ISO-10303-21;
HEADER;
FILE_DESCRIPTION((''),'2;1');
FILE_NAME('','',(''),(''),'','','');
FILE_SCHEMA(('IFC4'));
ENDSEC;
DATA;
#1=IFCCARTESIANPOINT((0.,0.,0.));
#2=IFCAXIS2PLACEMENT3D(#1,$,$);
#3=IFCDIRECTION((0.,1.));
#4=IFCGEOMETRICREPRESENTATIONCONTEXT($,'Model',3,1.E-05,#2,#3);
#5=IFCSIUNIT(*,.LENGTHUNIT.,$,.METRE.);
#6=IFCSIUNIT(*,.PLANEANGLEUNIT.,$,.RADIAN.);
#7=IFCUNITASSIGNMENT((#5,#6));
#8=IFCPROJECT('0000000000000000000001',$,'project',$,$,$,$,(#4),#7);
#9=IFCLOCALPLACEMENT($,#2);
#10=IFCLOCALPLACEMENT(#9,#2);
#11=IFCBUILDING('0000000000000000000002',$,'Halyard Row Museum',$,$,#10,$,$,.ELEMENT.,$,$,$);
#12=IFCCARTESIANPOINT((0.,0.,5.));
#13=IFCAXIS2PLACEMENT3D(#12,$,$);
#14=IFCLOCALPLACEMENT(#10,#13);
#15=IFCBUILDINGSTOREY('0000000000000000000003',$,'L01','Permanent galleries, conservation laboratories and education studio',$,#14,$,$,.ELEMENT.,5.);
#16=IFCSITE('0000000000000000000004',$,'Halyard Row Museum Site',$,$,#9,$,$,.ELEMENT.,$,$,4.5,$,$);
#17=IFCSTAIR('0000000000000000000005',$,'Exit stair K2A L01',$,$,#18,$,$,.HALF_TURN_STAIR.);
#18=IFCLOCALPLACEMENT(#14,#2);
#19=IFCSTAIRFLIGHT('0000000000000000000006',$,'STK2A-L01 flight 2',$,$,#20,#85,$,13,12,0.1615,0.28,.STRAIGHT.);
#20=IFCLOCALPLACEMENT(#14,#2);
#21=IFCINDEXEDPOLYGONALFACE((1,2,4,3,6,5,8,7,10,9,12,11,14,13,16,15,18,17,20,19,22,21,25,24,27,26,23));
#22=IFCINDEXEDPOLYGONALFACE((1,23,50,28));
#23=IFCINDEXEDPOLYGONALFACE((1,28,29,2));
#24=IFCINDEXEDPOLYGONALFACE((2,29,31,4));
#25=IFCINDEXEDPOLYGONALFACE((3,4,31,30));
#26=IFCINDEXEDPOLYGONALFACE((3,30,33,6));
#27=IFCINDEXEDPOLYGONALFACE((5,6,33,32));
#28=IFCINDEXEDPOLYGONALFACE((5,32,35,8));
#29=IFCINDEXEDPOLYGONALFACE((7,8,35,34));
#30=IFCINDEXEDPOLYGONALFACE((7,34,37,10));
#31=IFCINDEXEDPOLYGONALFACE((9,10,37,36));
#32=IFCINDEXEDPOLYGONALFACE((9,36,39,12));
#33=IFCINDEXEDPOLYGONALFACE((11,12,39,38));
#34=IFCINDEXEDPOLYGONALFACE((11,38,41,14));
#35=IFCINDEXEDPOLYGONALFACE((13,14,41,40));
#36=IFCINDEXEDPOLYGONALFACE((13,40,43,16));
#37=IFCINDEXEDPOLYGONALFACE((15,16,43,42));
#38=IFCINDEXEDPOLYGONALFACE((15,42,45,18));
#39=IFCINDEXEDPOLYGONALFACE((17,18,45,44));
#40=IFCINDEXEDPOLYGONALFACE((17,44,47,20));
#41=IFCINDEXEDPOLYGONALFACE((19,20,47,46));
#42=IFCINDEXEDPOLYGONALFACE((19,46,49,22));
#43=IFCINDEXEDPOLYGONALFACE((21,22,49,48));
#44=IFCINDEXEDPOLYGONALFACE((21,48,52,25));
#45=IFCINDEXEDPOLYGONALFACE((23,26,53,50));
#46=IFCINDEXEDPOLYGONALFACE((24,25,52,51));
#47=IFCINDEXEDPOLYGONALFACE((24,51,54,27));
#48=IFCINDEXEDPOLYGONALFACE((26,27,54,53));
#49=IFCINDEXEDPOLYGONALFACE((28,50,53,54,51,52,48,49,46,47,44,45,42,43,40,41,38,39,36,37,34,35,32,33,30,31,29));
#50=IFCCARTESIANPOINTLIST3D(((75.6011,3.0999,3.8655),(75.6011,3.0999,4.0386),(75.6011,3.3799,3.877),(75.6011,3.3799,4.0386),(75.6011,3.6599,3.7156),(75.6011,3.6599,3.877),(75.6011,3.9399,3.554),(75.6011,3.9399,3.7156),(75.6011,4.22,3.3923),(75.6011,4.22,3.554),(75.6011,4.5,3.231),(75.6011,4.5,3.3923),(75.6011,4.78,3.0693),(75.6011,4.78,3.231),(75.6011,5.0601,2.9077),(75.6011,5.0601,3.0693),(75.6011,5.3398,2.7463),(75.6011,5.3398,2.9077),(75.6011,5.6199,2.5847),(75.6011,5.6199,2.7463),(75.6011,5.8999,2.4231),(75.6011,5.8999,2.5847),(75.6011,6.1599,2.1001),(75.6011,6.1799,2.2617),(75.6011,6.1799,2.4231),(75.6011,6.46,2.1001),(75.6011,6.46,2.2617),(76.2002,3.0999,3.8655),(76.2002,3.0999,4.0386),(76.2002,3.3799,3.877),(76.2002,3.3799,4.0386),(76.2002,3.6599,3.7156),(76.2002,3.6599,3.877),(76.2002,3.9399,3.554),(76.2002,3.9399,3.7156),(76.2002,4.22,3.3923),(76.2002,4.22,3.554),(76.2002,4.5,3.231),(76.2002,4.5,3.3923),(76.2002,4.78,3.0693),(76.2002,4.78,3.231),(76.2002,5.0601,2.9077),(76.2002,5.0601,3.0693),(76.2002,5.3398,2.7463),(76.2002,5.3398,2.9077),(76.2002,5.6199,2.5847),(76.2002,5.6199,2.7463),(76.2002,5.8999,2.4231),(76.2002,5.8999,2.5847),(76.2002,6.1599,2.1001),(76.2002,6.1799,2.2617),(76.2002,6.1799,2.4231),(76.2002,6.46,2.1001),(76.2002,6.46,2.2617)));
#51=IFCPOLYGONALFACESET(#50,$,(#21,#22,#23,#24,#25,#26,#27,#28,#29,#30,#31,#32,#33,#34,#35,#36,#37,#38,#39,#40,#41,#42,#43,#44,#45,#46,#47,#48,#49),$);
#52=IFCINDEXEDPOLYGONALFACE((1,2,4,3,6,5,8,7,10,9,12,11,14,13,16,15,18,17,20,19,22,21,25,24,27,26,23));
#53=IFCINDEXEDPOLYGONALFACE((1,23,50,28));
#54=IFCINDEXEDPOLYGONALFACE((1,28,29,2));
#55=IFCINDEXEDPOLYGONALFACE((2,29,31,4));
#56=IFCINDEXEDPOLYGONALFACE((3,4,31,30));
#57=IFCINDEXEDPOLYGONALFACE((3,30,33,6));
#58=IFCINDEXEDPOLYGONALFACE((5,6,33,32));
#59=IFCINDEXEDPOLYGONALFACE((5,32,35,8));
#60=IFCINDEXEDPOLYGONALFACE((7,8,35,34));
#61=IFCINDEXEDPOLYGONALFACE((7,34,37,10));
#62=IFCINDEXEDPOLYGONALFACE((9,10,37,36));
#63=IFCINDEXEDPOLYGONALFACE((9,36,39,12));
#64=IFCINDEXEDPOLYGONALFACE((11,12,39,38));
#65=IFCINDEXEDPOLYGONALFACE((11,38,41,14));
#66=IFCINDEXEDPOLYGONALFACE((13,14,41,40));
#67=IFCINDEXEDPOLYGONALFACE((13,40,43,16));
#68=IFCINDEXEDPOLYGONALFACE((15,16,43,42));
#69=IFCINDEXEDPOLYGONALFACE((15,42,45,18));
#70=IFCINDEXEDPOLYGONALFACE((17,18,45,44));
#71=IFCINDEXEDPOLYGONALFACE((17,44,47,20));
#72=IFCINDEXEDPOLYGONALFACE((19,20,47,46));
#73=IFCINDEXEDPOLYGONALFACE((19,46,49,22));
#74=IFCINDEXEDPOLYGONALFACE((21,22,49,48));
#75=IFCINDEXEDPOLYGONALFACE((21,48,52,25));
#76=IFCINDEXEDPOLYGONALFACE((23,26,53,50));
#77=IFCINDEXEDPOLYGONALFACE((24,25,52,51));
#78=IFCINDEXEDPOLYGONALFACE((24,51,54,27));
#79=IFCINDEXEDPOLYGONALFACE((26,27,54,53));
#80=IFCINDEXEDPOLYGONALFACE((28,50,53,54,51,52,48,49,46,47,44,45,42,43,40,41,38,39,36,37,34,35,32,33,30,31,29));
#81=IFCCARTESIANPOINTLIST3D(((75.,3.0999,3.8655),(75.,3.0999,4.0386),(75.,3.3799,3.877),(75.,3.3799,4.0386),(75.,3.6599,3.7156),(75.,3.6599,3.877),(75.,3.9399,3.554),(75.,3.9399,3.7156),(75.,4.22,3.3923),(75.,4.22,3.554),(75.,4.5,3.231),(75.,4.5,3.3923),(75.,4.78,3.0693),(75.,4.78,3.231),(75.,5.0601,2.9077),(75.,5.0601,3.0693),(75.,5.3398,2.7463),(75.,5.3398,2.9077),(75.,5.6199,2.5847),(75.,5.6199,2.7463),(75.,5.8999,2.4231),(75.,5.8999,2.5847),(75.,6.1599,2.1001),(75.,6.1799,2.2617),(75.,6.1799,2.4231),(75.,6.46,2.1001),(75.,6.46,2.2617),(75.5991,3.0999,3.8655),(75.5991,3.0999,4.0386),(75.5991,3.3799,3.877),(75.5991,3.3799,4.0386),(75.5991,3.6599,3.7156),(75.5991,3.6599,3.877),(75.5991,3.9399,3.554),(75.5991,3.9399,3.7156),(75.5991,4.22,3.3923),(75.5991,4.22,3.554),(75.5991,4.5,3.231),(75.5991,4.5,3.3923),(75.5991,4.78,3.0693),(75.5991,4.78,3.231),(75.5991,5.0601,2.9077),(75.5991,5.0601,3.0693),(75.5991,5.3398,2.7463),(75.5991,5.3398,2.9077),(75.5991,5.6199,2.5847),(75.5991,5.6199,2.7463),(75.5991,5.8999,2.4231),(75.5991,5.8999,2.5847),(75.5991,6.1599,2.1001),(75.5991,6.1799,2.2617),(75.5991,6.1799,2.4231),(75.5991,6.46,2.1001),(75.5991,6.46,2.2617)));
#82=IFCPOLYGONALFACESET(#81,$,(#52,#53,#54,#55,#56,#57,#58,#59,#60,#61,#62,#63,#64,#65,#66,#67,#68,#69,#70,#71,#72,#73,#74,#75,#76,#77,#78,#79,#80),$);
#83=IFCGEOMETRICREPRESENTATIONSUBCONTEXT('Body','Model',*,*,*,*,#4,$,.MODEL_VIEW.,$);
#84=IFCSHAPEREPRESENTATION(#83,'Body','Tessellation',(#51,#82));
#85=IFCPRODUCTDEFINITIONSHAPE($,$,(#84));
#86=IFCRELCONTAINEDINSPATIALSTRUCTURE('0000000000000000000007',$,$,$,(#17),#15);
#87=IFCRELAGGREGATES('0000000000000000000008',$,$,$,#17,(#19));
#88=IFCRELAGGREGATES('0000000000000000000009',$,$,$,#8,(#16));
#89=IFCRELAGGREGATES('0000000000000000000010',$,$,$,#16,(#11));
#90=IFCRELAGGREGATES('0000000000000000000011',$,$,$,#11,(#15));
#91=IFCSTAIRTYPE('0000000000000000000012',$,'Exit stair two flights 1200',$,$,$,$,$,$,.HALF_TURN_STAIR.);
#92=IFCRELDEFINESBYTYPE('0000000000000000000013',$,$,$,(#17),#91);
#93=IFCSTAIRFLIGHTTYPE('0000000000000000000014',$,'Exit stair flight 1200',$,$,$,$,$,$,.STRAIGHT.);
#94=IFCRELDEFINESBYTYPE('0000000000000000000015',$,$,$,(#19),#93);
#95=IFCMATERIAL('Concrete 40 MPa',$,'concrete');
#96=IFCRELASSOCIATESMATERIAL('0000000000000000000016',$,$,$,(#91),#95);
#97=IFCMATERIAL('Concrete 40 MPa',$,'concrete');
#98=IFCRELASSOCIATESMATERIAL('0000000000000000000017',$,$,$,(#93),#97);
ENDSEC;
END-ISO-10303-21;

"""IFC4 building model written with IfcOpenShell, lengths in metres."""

from ifc_helpers import new_model, si_unit, direction, frame, origin, place, context, subcontext, project, spatial, polyline, outline, extrude, material, type_object, element, aggregate, save


model = new_model("IFC4")

# Units and contexts
model_context = context("Model", 3, precision=1e-05, world=origin(), true_north=direction((0.0, 1.0)))
body_context = subcontext(model_context, "Body", "Model", "MODEL_VIEW")
ifc_project = project(units=[si_unit("LENGTHUNIT", "METRE"), si_unit("PLANEANGLEUNIT", "RADIAN")], contexts=[model_context])

# Site, building, storey
site_placement = place(None, origin())
site = spatial("IfcSite", under=ifc_project, at=site_placement, Name="Halyard Row Museum Site", CompositionType="ELEMENT", RefElevation=4.5)
building_placement = place(site_placement, origin())
building = spatial("IfcBuilding", under=site, at=building_placement, Name="Halyard Row Museum", CompositionType="ELEMENT")
storey_placement = place(building_placement, frame((0.0, 0.0, 5.0)))
storey = spatial("IfcBuildingStorey", under=building, at=storey_placement, Name="L01", Description="Permanent galleries, conservation laboratories and education studio", CompositionType="ELEMENT", Elevation=5.0)

# Stair, stair flight
ifc_material_1 = material(Name="Concrete 40 MPa", Category="concrete")
stair_type = type_object("IfcStairType", Name="Exit stair two flights 1200", PredefinedType="HALF_TURN_STAIR", material=ifc_material_1)
stair_placement = place(storey_placement, origin())
stair = element("IfcStair", 1, at=stair_placement, inside=storey, type_object=stair_type, Name="Exit stair K2A L01", PredefinedType="HALF_TURN_STAIR")
ifc_material_2 = material(Name="Concrete 40 MPa", Category="concrete")
stair_flight_type = type_object("IfcStairFlightType", Name="Exit stair flight 1200", PredefinedType="STRAIGHT", material=ifc_material_2)
stair_flight_1_placement = place(storey_placement, frame((75.6001, 6.46, 2.1001), z_axis=(0.0, 0.0, 1.0), x_axis=(0.0, -1.0, 0.0)))
stair_flight_1 = element("IfcStairFlight", 2, at=stair_flight_1_placement, type_object=stair_flight_type, Name="STK2A-L01 flight 2", NumberOfRisers=13, NumberOfTreads=12, PredefinedType="STRAIGHT", RiserHeight=0.1615, TreadLength=0.28, context=body_context, shape_type="SweptSolid", body=[
    extrude(outline(polyline([(0.0, 0.0), (0.0, 0.1616), (0.28, 0.1616), (0.28, 0.323), (0.5601, 0.323), (0.5601, 0.4846), (0.8401, 0.4846), (0.8401, 0.6462), (1.1201, 0.6462), (1.1201, 0.8076), (1.3999, 0.8076), (1.3999, 0.9692), (1.6799, 0.9692), (1.6799, 1.1309), (1.96, 1.1309), (1.96, 1.2922), (2.24, 1.2922), (2.24, 1.4539), (2.52, 1.4539), (2.52, 1.6155), (2.8, 1.6155), (2.8, 1.7769), (3.0801, 1.7769), (3.0801, 1.9385), (3.3601, 1.9385), (3.3601, 2.1001), (3.3601, 1.7654), (0.3, 0.0), (0.0, 0.0)])), frame((0.0, 0.6001, 0.0), z_axis=(0.0, -1.0, 0.0), x_axis=(1.0, 0.0, 0.0)), (0.0, 0.0, 1.0), 0.5991),
    extrude(outline(polyline([(0.0, 0.0), (0.0, 0.1616), (0.28, 0.1616), (0.28, 0.323), (0.5601, 0.323), (0.5601, 0.4846), (0.8401, 0.4846), (0.8401, 0.6462), (1.1201, 0.6462), (1.1201, 0.8076), (1.3999, 0.8076), (1.3999, 0.9692), (1.6799, 0.9692), (1.6799, 1.1309), (1.96, 1.1309), (1.96, 1.2922), (2.24, 1.2922), (2.24, 1.4539), (2.52, 1.4539), (2.52, 1.6155), (2.8, 1.6155), (2.8, 1.7769), (3.0801, 1.7769), (3.0801, 1.9385), (3.3601, 1.9385), (3.3601, 2.1001), (3.3601, 1.7654), (0.3, 0.0), (0.0, 0.0)])), frame((0.0, -0.001, 0.0), z_axis=(0.0, -1.0, 0.0), x_axis=(1.0, 0.0, 0.0)), (0.0, 0.0, 1.0), 0.5991),
])
aggregate(stair, [stair_flight_1])

save(model, "model.ifc")
